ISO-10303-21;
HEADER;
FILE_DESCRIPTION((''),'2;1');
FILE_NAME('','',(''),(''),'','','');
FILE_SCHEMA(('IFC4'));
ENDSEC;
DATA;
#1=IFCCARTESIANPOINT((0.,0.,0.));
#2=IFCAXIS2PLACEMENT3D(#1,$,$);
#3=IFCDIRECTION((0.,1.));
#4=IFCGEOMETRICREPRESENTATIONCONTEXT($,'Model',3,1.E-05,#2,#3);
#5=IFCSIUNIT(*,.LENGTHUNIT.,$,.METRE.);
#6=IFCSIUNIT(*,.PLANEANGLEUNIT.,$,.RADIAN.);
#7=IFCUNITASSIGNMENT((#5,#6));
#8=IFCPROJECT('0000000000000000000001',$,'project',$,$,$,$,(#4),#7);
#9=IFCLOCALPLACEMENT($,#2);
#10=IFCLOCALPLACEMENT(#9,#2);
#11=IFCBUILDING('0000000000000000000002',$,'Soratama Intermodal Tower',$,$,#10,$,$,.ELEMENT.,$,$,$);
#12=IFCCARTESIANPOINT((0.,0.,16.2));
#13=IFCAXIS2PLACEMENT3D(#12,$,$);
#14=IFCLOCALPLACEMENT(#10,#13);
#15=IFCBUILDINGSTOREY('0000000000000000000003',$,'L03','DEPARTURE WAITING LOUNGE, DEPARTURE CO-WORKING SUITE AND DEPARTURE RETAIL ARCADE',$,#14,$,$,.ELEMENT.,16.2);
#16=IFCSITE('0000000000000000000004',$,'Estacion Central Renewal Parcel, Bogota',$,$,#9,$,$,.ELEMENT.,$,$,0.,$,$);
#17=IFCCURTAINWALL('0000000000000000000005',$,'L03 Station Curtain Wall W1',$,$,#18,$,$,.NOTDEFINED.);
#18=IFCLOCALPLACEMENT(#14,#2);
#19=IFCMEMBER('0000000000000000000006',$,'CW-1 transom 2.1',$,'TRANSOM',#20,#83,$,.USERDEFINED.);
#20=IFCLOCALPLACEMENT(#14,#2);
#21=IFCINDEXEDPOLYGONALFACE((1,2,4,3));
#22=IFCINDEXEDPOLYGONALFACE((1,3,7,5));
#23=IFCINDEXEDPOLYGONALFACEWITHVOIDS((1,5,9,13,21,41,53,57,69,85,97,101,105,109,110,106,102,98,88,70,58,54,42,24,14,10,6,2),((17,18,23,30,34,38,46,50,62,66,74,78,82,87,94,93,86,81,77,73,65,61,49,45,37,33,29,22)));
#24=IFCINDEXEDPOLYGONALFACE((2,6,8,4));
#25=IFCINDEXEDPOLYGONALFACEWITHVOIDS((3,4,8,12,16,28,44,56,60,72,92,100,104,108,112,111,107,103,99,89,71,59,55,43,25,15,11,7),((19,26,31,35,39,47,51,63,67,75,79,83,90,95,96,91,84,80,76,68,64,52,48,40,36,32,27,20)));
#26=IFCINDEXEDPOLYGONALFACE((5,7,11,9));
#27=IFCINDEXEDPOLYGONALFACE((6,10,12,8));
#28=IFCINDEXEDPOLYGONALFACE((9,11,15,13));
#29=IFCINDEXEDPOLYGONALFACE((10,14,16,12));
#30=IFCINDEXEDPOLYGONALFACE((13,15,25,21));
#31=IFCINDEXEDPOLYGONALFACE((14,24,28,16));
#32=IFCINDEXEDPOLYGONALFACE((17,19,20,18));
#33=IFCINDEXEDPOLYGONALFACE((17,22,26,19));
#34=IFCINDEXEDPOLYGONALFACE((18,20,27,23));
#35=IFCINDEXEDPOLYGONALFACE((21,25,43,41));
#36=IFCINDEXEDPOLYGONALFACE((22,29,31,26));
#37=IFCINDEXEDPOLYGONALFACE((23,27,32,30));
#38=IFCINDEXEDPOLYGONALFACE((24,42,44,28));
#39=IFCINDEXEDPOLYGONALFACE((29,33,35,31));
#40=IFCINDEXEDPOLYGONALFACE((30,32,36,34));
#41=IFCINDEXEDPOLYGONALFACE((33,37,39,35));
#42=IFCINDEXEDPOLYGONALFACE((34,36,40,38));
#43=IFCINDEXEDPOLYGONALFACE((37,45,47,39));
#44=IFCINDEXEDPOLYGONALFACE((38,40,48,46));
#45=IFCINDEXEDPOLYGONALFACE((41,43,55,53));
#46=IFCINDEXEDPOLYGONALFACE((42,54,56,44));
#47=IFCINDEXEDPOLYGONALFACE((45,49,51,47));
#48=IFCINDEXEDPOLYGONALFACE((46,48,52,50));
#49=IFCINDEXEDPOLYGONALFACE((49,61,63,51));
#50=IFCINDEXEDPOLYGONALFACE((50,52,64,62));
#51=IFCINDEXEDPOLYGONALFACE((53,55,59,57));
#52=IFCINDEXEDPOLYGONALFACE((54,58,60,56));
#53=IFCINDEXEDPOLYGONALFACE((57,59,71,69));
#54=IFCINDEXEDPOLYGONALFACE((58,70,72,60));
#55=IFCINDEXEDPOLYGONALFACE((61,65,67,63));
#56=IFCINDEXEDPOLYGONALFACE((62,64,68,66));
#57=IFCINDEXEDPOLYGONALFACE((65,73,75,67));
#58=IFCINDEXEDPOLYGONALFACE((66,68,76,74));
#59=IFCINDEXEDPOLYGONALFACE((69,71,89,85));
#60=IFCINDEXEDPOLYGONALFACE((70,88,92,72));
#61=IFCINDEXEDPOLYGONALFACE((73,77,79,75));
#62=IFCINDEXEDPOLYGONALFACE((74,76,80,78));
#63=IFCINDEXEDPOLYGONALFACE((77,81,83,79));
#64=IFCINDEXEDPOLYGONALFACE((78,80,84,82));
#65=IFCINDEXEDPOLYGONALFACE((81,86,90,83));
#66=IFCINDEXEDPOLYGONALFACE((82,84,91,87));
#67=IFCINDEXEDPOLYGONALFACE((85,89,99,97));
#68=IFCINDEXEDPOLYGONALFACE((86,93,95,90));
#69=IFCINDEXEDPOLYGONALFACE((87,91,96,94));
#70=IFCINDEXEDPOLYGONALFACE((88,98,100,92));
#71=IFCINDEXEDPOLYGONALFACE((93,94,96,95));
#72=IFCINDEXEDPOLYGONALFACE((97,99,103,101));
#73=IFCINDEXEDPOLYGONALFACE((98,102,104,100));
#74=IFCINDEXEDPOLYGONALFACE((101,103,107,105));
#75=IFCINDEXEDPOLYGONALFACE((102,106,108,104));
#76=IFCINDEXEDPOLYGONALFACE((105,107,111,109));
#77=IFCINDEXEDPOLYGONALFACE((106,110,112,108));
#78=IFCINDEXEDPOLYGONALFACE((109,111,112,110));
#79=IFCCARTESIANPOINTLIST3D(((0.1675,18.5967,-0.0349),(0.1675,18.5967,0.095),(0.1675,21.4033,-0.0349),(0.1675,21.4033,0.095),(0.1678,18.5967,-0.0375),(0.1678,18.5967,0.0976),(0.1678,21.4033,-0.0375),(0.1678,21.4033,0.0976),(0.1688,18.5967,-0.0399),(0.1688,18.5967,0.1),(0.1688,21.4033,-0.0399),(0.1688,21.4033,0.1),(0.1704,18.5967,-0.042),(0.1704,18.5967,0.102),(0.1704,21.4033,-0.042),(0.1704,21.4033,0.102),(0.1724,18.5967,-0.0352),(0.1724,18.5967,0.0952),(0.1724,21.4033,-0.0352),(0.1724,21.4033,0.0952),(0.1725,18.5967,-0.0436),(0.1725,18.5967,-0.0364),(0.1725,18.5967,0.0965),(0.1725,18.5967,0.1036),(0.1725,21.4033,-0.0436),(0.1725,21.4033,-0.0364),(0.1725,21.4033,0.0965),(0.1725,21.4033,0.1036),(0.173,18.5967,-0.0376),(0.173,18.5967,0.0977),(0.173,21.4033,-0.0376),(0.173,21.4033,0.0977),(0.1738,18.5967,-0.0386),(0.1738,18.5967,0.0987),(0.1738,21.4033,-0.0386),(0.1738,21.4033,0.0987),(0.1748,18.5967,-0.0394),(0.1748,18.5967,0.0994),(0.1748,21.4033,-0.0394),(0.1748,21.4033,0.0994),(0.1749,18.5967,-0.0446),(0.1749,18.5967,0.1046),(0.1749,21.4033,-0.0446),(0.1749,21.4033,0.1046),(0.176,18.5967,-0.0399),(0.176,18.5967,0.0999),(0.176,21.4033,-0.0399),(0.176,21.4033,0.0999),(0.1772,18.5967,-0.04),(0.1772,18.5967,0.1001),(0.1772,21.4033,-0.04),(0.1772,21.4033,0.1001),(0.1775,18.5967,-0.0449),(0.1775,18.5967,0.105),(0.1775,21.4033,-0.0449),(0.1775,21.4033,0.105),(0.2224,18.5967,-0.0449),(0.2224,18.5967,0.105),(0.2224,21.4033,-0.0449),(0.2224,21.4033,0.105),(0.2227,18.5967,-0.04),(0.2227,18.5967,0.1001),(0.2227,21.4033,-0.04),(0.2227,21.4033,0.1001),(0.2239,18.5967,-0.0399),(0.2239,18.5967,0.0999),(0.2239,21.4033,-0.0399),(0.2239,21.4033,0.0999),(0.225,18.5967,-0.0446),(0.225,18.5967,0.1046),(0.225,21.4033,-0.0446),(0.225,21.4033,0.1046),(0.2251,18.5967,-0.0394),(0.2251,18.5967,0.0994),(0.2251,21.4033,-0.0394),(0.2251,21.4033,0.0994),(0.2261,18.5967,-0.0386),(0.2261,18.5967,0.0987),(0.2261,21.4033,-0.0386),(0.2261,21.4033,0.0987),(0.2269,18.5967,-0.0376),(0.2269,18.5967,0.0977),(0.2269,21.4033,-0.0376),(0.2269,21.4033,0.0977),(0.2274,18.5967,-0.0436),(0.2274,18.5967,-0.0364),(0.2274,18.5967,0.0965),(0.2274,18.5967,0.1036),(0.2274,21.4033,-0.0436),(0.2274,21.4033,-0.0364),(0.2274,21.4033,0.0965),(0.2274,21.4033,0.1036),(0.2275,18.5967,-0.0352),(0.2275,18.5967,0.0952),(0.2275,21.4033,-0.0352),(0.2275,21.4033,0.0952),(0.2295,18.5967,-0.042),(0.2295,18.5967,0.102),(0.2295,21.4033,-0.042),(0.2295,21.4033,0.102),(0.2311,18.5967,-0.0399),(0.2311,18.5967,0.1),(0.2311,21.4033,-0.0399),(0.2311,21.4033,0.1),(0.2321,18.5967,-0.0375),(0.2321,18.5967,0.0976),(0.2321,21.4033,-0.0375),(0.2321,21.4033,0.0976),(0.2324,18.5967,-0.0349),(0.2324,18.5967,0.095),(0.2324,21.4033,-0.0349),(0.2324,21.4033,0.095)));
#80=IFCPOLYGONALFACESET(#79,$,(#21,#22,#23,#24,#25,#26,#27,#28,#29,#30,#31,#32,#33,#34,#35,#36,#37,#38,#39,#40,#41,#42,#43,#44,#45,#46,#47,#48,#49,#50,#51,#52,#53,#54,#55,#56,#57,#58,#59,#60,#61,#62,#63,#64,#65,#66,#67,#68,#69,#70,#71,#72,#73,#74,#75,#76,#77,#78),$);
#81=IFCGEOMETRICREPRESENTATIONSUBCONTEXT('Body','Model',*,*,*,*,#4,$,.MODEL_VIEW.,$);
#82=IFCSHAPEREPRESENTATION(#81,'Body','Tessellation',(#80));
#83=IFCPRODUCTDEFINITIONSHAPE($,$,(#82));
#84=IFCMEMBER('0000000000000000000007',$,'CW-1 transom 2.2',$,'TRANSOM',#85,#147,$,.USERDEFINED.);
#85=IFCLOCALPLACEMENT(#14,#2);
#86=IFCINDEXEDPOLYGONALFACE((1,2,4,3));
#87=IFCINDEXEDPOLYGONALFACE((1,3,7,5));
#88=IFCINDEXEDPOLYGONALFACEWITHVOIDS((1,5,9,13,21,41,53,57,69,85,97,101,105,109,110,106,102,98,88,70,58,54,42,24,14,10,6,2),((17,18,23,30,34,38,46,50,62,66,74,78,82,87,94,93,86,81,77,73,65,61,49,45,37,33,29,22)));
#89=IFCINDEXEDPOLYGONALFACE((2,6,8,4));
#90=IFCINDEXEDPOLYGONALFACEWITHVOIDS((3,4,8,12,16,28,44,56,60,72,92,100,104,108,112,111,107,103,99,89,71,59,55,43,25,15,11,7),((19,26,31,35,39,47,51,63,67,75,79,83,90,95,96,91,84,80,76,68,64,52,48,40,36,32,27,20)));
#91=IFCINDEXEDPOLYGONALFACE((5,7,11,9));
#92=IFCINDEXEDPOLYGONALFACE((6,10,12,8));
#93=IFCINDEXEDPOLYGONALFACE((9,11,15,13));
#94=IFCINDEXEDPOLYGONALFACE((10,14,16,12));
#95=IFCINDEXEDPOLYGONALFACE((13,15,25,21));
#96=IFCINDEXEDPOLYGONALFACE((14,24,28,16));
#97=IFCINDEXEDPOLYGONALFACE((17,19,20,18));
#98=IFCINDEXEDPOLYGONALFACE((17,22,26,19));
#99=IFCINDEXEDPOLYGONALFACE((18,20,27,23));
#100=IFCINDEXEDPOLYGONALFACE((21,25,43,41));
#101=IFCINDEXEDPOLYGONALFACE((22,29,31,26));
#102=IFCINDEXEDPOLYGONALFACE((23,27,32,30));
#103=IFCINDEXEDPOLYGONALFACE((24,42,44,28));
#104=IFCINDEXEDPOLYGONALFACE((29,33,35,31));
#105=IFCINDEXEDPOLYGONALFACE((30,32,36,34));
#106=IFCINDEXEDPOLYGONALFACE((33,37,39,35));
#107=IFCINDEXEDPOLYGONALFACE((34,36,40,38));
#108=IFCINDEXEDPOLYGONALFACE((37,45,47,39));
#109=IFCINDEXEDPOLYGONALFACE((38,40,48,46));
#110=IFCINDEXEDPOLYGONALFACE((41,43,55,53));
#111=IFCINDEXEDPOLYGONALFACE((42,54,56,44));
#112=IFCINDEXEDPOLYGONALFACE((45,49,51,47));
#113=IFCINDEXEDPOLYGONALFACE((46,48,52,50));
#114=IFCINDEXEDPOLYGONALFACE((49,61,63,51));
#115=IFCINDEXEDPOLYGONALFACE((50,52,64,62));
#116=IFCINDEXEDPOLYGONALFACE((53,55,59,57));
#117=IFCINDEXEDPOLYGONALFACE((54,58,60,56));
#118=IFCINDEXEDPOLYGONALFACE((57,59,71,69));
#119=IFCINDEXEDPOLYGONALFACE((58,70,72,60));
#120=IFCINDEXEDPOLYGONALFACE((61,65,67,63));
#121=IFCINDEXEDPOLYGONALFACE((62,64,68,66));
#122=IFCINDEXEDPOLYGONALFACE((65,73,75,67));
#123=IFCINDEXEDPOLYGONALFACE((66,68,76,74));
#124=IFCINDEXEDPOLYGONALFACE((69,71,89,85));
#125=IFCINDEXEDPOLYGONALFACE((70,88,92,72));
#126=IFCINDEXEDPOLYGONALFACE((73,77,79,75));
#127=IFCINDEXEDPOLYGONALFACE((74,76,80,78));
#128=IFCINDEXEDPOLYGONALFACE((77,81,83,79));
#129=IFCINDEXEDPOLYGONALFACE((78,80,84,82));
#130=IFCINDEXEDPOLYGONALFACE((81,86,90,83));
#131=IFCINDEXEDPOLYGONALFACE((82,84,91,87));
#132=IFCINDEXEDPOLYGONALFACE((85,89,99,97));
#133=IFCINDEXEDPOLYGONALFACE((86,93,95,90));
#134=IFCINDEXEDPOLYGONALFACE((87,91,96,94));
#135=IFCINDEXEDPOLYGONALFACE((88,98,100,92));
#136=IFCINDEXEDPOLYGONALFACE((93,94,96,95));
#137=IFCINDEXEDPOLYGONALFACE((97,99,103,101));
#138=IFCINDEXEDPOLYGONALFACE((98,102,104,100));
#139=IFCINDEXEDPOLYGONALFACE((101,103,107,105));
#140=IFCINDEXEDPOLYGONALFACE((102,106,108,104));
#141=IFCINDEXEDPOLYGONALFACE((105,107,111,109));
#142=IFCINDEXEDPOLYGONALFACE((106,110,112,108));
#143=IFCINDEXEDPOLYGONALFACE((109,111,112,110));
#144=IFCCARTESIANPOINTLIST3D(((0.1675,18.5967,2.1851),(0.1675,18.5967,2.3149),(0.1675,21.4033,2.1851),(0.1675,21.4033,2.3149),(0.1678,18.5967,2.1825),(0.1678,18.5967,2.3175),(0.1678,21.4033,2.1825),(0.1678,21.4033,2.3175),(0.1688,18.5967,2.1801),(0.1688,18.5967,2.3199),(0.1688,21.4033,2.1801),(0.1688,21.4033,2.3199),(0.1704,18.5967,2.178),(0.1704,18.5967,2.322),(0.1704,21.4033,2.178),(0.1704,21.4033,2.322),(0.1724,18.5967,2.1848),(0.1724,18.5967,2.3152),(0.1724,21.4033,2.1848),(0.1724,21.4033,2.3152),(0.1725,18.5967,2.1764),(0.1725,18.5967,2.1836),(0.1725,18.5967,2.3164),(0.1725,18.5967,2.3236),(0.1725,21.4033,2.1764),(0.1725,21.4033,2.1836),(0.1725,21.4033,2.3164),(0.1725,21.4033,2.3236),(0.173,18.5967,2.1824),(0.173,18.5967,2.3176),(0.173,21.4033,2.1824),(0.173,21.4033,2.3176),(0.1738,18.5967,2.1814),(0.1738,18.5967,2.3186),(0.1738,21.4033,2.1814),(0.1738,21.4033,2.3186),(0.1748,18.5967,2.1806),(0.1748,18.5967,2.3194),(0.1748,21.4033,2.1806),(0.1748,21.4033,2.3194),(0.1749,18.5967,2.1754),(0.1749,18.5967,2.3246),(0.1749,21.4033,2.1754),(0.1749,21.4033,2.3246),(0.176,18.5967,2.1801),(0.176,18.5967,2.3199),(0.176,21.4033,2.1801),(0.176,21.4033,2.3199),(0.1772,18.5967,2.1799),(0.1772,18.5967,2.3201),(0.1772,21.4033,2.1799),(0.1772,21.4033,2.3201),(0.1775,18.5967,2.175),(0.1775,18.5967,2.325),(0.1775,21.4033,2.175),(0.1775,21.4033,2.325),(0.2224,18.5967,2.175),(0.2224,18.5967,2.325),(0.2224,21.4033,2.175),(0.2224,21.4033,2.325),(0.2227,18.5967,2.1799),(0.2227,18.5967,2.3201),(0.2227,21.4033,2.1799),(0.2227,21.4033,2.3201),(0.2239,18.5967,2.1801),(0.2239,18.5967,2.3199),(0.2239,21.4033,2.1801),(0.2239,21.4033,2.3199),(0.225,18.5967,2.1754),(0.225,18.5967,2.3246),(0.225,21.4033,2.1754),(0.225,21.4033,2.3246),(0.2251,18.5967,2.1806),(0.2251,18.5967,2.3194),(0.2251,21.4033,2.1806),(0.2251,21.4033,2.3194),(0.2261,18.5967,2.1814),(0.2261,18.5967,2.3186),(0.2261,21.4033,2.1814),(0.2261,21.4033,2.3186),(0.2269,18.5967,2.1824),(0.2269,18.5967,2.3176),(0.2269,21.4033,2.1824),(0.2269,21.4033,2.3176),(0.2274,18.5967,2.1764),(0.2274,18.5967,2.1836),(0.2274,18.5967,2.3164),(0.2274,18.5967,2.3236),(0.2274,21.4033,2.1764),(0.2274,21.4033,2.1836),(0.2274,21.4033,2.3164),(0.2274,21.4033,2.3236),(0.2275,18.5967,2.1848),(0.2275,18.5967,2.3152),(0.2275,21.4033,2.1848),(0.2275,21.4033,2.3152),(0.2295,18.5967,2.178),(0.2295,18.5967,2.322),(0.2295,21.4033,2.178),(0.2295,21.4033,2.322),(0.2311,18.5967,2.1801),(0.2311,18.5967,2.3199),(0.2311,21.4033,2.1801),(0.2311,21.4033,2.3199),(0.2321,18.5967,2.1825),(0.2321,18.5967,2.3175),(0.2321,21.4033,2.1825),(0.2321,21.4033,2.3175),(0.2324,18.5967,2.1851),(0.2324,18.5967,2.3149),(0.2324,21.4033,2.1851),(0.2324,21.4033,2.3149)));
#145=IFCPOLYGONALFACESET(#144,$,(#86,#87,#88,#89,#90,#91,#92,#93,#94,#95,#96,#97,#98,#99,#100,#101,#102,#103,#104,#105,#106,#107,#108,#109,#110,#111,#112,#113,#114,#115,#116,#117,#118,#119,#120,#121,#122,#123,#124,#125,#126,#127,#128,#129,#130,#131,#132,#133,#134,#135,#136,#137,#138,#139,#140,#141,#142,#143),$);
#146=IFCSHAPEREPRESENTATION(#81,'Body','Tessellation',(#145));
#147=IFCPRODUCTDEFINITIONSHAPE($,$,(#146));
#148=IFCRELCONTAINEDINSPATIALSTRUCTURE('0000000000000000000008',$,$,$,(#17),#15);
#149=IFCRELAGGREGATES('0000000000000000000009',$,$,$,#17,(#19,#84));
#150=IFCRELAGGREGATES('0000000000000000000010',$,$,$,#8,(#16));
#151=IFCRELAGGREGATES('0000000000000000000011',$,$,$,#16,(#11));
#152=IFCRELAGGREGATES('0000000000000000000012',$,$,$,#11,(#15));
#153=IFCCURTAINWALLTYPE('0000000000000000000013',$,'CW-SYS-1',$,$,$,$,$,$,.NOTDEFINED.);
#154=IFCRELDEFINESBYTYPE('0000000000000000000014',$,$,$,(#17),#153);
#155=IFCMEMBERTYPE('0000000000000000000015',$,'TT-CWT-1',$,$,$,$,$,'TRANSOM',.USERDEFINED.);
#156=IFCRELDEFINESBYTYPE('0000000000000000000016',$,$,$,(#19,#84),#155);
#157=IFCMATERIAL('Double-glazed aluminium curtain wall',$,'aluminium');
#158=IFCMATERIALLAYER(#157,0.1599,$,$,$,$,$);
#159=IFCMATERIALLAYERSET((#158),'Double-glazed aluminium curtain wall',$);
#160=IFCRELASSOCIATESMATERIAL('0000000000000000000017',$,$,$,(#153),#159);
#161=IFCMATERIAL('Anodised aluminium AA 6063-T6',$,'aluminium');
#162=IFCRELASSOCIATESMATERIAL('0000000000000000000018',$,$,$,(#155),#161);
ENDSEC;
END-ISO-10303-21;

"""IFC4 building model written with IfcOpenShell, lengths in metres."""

from ifc_helpers import new_model, si_unit, direction, frame, origin, origin_2d, place, context, subcontext, project, spatial, hollow_rectangle, extrude, material, layer, layer_set, material_profile, profile_set, type_object, element, aggregate, save


model = new_model("IFC4")

# Units and contexts
model_context = context("Model", 3, precision=1e-05, world=origin(), true_north=direction((0.0, 1.0)))
body_context = subcontext(model_context, "Body", "Model", "MODEL_VIEW")
ifc_project = project(units=[si_unit("LENGTHUNIT", "METRE"), si_unit("PLANEANGLEUNIT", "RADIAN")], contexts=[model_context])

# Site, building, storey
site_placement = place(None, origin())
site = spatial("IfcSite", under=ifc_project, at=site_placement, Name="Estacion Central Renewal Parcel, Bogota", CompositionType="ELEMENT", RefElevation=0.0)
building_placement = place(site_placement, origin())
building = spatial("IfcBuilding", under=site, at=building_placement, Name="Soratama Intermodal Tower", CompositionType="ELEMENT")
storey_placement = place(building_placement, frame((0.0, 0.0, 16.2)))
storey = spatial("IfcBuildingStorey", under=building, at=storey_placement, Name="L03", Description="DEPARTURE WAITING LOUNGE, DEPARTURE CO-WORKING SUITE AND DEPARTURE RETAIL ARCADE", CompositionType="ELEMENT", Elevation=16.2)

# Curtain wall, members
ifc_material_1 = material(Name="Double-glazed aluminium curtain wall", Category="aluminium")
ifc_layer_1 = layer(ifc_material_1, 0.1599)
ifc_layer_set_1 = layer_set([ifc_layer_1], Name="Double-glazed aluminium curtain wall")
curtain_wall_type = type_object("IfcCurtainWallType", Name="CW-SYS-1", PredefinedType="NOTDEFINED", material=ifc_layer_set_1)
curtain_wall_placement = place(storey_placement, origin())
curtain_wall = element("IfcCurtainWall", 1, at=curtain_wall_placement, inside=storey, type_object=curtain_wall_type, Name="L03 Station Curtain Wall W1", PredefinedType="NOTDEFINED")
ifc_material_2 = material(Name="Anodised aluminium AA 6063-T6", Category="aluminium")
ifc_material_profile_1 = material_profile(ifc_material_2, hollow_rectangle(XDim=0.0649, YDim=0.1499, WallThickness=0.0049, InnerFilletRadius=0.0049, OuterFilletRadius=0.01, at=origin_2d()), Name="CWT150X65X5")
ifc_profile_set_1 = profile_set([ifc_material_profile_1], Name="Anodised aluminium AA 6063-T6")
member_type_1 = type_object("IfcMemberType", Name="TT-CWT-1", ElementType="TRANSOM", PredefinedType="USERDEFINED", material=ifc_profile_set_1)
member_1_placement = place(storey_placement, frame((0.2, 18.5967, 0.03), z_axis=(0.0, 1.0, 0.0), x_axis=(-1.0, 0.0, 0.0)))
member_1 = element("IfcMember", 2, at=member_1_placement, type_object=member_type_1, Name="CW-1 transom 2.1", ObjectType="TRANSOM", PredefinedType="USERDEFINED", context=body_context, shape_type="SweptSolid", body=[
    extrude(hollow_rectangle(XDim=0.0649, YDim=0.1499, WallThickness=0.0049, InnerFilletRadius=0.0049, OuterFilletRadius=0.01, at=origin_2d()), origin(), (0.0, 0.0, 1.0), 2.8066),
])
member_2_placement = place(storey_placement, frame((0.2, 18.5967, 2.25), z_axis=(0.0, 1.0, 0.0), x_axis=(-1.0, 0.0, 0.0)))
member_2 = element("IfcMember", 3, at=member_2_placement, type_object=member_type_1, Name="CW-1 transom 2.2", ObjectType="TRANSOM", PredefinedType="USERDEFINED", context=body_context, shape_type="SweptSolid", body=[
    extrude(hollow_rectangle(XDim=0.0649, YDim=0.1499, WallThickness=0.0049, InnerFilletRadius=0.0049, OuterFilletRadius=0.01, at=origin_2d()), origin(), (0.0, 0.0, 1.0), 2.8066),
])
aggregate(curtain_wall, [member_1, member_2])

save(model, "model.ifc")
